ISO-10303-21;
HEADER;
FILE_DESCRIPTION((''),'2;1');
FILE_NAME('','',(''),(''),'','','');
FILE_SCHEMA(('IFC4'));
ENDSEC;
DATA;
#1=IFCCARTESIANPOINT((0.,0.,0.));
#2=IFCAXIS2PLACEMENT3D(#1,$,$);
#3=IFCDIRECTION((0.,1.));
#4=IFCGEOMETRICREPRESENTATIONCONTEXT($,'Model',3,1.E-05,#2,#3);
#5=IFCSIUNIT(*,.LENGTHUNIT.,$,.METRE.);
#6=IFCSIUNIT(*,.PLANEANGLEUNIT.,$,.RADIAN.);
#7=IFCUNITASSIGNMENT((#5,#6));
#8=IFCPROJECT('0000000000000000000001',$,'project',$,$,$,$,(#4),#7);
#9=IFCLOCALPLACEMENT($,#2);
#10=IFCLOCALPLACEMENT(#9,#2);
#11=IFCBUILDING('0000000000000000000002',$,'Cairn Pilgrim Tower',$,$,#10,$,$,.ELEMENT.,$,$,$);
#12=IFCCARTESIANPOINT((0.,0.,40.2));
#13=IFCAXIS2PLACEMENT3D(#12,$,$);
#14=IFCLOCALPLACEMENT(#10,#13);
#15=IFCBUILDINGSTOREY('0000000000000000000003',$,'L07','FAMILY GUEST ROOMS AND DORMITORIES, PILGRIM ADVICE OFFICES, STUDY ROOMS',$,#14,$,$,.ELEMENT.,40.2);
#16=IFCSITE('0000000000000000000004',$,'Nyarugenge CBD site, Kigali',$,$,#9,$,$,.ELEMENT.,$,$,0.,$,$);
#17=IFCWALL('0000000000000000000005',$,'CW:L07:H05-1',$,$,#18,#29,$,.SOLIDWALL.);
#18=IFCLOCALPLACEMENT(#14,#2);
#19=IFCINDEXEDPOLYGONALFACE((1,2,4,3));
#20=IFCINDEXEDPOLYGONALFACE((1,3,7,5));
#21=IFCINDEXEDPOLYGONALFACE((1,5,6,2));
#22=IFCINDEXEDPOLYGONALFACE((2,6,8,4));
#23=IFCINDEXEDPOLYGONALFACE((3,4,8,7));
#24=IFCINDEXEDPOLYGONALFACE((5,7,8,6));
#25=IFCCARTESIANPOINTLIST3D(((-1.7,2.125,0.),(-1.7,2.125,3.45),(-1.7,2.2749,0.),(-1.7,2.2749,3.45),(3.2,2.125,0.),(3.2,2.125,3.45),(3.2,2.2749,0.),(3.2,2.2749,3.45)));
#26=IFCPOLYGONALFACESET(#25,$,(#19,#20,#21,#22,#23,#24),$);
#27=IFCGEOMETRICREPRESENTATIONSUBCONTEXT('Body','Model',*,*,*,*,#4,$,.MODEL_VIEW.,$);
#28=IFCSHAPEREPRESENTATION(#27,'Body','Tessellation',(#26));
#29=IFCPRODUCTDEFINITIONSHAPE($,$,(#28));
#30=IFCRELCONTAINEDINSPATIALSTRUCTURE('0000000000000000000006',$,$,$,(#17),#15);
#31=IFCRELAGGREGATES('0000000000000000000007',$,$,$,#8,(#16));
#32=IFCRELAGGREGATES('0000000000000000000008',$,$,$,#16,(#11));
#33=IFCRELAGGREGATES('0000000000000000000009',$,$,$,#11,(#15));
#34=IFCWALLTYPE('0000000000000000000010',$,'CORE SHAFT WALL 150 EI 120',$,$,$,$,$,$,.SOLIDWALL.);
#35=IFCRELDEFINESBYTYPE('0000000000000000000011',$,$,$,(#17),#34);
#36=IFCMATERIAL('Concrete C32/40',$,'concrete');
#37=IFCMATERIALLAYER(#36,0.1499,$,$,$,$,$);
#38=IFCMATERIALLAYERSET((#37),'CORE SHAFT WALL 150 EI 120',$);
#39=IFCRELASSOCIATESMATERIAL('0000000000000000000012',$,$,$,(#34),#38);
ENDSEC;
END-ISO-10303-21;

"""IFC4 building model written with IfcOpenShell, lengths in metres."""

from ifc_helpers import new_model, si_unit, direction, frame, frame_2d, origin, place, context, subcontext, project, spatial, rectangle, extrude, material, layer, layer_set, type_object, element, save


model = new_model("IFC4")

# Units and contexts
model_context = context("Model", 3, precision=1e-05, world=origin(), true_north=direction((0.0, 1.0)))
body_context = subcontext(model_context, "Body", "Model", "MODEL_VIEW")
ifc_project = project(units=[si_unit("LENGTHUNIT", "METRE"), si_unit("PLANEANGLEUNIT", "RADIAN")], contexts=[model_context])

# Site, building, storey
site_placement = place(None, origin())
site = spatial("IfcSite", under=ifc_project, at=site_placement, Name="Nyarugenge CBD site, Kigali", CompositionType="ELEMENT", RefElevation=0.0)
building_placement = place(site_placement, origin())
building = spatial("IfcBuilding", under=site, at=building_placement, Name="Cairn Pilgrim Tower", CompositionType="ELEMENT")
storey_placement = place(building_placement, frame((0.0, 0.0, 40.2)))
storey = spatial("IfcBuildingStorey", under=building, at=storey_placement, Name="L07", Description="FAMILY GUEST ROOMS AND DORMITORIES, PILGRIM ADVICE OFFICES, STUDY ROOMS", CompositionType="ELEMENT", Elevation=40.2)

# Shared definitions
ifc_material_1 = material(Name="Concrete C32/40", Category="concrete")

# Wall
ifc_layer_1 = layer(ifc_material_1, 0.1499)
ifc_layer_set_1 = layer_set([ifc_layer_1], Name="CORE SHAFT WALL 150 EI 120")
wall_type_1 = type_object("IfcWallType", Name="CORE SHAFT WALL 150 EI 120", PredefinedType="SOLIDWALL", material=ifc_layer_set_1)
wall_1_placement = place(storey_placement, frame((-1.7, 2.2, 0.0), z_axis=(0.0, 0.0, 1.0), x_axis=(1.0, 0.0, 0.0)))
element("IfcWall", 1, at=wall_1_placement, inside=storey, type_object=wall_type_1, Name="CW:L07:H05-1", PredefinedType="SOLIDWALL", context=body_context, shape_type="SweptSolid", body=[
    extrude(rectangle(XDim=4.8999, YDim=0.1499, at=frame_2d((2.45, 0.0))), origin(), (0.0, 0.0, 1.0), 3.45),
])

save(model, "model.ifc")
